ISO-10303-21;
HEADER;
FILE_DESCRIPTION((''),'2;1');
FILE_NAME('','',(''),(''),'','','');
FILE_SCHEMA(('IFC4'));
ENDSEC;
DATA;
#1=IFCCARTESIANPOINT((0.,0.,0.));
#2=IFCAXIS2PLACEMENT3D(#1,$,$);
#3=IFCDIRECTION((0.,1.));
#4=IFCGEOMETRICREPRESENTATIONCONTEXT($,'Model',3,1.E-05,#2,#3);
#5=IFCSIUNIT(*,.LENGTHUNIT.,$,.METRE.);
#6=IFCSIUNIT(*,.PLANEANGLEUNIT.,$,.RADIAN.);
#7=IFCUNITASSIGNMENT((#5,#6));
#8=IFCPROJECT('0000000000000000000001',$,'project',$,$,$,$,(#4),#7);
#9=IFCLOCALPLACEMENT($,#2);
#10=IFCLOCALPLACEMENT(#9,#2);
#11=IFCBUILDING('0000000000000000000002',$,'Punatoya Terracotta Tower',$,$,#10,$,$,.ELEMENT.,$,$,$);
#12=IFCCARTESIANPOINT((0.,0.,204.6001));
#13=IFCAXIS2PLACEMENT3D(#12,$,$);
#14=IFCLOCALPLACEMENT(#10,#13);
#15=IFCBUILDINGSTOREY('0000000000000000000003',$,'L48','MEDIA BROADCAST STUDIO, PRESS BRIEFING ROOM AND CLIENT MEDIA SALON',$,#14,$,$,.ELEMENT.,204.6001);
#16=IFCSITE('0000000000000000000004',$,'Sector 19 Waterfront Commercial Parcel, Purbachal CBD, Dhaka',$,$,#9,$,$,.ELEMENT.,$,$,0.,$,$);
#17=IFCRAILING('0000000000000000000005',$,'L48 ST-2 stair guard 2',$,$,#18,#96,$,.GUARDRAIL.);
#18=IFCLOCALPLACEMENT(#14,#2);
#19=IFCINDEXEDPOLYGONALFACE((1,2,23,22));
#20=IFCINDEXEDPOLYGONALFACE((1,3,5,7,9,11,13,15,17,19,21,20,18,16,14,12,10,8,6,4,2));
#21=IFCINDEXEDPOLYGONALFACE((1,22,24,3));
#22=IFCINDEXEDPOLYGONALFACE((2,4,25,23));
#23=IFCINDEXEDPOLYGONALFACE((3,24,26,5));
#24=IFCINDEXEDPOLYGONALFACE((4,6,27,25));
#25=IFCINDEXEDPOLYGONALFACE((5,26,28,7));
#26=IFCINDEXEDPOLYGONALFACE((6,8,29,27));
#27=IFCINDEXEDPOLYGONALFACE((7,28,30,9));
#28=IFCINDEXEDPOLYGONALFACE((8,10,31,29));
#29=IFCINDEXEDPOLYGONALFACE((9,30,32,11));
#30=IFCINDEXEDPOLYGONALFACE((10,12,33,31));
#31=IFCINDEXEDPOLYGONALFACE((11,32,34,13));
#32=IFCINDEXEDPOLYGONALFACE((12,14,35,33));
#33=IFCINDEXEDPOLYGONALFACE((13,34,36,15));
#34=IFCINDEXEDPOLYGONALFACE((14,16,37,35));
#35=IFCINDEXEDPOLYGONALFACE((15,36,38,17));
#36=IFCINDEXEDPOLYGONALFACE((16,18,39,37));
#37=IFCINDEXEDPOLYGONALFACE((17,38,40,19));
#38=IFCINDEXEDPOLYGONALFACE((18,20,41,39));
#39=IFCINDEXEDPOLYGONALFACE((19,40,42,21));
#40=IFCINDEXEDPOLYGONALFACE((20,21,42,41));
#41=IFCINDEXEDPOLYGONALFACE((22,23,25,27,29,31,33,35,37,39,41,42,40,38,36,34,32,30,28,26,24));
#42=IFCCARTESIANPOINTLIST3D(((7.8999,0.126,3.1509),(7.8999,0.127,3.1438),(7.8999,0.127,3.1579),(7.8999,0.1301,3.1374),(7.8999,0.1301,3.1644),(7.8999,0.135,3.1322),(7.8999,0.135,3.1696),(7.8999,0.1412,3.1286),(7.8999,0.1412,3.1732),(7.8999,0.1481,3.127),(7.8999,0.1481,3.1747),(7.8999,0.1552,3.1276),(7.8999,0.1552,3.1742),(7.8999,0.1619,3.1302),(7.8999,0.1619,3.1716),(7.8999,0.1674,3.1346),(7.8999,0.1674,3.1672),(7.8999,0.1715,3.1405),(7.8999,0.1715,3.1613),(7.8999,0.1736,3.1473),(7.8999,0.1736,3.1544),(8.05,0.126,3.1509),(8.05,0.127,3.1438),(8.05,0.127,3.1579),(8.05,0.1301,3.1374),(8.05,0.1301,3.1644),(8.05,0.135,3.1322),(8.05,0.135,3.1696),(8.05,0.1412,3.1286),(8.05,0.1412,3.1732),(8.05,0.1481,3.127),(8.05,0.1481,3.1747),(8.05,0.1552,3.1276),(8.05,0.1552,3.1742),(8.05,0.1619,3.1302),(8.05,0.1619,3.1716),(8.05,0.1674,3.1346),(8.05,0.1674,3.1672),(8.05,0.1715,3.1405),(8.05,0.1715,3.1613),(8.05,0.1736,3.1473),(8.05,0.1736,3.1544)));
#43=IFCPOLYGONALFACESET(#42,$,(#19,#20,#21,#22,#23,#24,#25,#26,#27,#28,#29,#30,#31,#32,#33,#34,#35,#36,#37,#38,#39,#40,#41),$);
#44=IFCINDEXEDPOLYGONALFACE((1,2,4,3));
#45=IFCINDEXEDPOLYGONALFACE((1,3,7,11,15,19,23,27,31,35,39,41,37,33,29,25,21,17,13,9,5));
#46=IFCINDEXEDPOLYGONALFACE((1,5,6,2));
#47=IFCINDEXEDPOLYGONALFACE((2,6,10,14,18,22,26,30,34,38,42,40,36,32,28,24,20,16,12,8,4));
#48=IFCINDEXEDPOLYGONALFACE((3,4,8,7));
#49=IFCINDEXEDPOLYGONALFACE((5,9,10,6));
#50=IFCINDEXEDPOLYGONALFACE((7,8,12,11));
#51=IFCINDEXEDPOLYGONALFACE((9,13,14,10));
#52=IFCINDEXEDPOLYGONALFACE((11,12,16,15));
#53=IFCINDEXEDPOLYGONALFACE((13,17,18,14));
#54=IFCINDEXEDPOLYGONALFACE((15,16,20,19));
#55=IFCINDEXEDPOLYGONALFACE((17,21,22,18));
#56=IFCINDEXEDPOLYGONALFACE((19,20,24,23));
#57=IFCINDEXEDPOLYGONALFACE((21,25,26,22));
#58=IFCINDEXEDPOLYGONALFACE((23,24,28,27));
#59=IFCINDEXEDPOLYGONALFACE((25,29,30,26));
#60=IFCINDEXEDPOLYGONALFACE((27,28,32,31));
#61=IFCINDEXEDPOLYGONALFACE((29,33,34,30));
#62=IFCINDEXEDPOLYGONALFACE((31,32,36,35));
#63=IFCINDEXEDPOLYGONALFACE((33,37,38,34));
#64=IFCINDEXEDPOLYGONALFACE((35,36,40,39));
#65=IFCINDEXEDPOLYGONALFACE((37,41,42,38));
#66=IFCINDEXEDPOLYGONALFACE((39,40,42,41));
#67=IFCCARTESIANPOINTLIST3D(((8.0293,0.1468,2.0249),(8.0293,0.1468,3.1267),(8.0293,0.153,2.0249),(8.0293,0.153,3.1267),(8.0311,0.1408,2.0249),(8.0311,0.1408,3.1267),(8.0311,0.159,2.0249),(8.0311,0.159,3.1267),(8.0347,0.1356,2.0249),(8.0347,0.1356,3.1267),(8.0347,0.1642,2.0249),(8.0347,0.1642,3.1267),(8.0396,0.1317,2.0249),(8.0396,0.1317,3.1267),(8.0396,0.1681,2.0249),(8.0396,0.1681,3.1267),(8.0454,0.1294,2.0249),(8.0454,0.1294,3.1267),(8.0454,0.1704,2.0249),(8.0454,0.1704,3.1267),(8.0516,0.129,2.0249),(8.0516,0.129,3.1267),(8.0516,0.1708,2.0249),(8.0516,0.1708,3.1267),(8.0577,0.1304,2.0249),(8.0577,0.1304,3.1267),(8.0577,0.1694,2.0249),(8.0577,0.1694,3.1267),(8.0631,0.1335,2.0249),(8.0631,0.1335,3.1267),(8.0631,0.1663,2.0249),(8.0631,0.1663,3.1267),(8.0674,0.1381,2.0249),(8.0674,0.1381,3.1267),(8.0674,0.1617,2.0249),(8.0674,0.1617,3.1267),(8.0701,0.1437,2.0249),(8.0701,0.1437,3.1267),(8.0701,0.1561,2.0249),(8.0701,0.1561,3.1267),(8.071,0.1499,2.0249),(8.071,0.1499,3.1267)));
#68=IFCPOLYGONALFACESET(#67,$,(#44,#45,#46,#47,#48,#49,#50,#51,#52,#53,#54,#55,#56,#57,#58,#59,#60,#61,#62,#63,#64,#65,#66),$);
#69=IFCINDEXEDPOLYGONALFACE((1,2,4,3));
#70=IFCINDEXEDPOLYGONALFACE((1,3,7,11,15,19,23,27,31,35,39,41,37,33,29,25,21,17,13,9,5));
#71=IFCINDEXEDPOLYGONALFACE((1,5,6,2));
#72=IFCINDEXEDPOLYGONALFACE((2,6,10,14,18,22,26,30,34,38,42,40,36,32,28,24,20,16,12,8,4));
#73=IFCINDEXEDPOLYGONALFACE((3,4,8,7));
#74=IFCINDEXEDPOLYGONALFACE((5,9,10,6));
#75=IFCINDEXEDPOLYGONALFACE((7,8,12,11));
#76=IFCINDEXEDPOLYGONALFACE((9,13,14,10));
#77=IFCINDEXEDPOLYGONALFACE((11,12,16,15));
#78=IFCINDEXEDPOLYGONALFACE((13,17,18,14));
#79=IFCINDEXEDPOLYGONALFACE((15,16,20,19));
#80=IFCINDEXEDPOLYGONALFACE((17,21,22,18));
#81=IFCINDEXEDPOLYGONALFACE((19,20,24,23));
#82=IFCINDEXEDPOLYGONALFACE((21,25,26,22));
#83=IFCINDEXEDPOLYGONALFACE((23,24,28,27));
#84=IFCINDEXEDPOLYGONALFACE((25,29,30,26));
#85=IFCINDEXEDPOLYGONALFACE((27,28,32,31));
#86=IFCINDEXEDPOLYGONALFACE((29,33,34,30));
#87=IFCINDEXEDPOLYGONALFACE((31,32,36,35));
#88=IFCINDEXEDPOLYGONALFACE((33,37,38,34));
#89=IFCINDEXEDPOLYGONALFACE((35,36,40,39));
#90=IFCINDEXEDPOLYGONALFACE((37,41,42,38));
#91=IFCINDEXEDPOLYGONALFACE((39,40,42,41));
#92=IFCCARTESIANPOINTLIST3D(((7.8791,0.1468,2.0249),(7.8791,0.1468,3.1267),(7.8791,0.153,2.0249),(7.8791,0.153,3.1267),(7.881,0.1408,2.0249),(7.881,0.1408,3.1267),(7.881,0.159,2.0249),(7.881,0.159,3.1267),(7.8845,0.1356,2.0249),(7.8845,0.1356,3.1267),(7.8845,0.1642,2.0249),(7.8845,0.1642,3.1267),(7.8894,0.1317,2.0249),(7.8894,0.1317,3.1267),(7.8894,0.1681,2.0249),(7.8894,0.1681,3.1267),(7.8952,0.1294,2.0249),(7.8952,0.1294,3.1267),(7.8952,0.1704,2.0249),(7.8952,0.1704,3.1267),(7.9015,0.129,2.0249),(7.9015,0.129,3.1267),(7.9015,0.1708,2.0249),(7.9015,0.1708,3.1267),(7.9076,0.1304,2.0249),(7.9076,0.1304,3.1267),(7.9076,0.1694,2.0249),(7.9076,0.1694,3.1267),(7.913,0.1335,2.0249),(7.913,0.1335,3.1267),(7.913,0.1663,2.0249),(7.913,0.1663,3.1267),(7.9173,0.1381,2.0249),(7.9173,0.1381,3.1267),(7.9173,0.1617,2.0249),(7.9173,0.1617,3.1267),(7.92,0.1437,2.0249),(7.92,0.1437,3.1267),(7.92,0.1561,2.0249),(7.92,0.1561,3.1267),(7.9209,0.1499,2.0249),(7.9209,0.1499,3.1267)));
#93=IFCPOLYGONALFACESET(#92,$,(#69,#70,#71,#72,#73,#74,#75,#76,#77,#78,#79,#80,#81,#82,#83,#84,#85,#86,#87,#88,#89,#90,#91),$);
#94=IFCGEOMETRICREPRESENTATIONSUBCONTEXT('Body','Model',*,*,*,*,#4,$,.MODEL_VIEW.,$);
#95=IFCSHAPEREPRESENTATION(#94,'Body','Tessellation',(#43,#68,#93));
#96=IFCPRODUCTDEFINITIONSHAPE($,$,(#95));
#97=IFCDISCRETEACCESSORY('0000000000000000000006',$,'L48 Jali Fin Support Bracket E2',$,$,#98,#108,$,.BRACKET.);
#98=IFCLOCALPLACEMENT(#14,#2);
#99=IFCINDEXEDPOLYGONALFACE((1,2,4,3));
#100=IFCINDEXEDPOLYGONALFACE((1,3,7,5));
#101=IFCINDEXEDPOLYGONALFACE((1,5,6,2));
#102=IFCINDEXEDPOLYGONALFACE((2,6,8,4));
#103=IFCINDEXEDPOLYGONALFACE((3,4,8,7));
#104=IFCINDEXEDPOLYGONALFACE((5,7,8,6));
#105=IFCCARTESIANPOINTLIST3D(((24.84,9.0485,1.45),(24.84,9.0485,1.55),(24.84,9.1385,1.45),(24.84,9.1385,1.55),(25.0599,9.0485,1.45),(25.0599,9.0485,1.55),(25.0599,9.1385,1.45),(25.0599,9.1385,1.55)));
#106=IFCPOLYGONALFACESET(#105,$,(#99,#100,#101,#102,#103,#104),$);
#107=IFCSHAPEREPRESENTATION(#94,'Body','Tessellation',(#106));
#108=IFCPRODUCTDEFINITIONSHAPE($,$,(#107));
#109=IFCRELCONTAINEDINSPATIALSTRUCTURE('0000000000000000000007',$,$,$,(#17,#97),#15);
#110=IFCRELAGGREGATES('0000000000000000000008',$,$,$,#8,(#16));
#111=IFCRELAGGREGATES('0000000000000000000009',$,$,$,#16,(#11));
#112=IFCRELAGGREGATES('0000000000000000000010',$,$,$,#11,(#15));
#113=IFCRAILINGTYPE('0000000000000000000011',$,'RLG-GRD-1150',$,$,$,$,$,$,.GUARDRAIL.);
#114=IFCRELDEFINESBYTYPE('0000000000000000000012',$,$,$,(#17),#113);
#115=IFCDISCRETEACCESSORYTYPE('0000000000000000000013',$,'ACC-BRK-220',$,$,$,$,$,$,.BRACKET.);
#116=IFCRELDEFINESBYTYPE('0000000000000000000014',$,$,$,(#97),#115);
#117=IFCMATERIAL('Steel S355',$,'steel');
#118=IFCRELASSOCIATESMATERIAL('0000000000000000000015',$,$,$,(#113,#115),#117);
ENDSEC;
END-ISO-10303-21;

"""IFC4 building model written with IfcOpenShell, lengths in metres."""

from ifc_helpers import new_model, si_unit, direction, frame, origin, origin_2d, place, context, subcontext, project, spatial, rectangle, circle, extrude, material, type_object, element, save


model = new_model("IFC4")

# Units and contexts
model_context = context("Model", 3, precision=1e-05, world=origin(), true_north=direction((0.0, 1.0)))
body_context = subcontext(model_context, "Body", "Model", "MODEL_VIEW")
ifc_project = project(units=[si_unit("LENGTHUNIT", "METRE"), si_unit("PLANEANGLEUNIT", "RADIAN")], contexts=[model_context])

# Site, building, storey
site_placement = place(None, origin())
site = spatial("IfcSite", under=ifc_project, at=site_placement, Name="Sector 19 Waterfront Commercial Parcel, Purbachal CBD, Dhaka", CompositionType="ELEMENT", RefElevation=0.0)
building_placement = place(site_placement, origin())
building = spatial("IfcBuilding", under=site, at=building_placement, Name="Punatoya Terracotta Tower", CompositionType="ELEMENT")
storey_placement = place(building_placement, frame((0.0, 0.0, 204.6001)))
storey = spatial("IfcBuildingStorey", under=building, at=storey_placement, Name="L48", Description="MEDIA BROADCAST STUDIO, PRESS BRIEFING ROOM AND CLIENT MEDIA SALON", CompositionType="ELEMENT", Elevation=204.6001)

# Railing
ifc_material_1 = material(Name="Steel S355", Category="steel")
railing_type = type_object("IfcRailingType", Name="RLG-GRD-1150", PredefinedType="GUARDRAIL", material=ifc_material_1)
railing_placement = place(storey_placement, frame((8.05, 0.1499, 2.0249)))
element("IfcRailing", 1, at=railing_placement, inside=storey, type_object=railing_type, Name="L48 ST-2 stair guard 2", PredefinedType="GUARDRAIL", context=body_context, shape_type="SweptSolid", body=[
    extrude(circle(Radius=0.0239, at=origin_2d()), frame((0.0, 0.0, 1.126), z_axis=(-1.0, 0.0, 0.0), x_axis=(0.0, -1.0, 0.0)), (0.0, 0.0, 1.0), 0.1501),
    extrude(circle(Radius=0.021, at=origin_2d()), origin(), (0.0, 0.0, 1.0), 1.1018),
    extrude(circle(Radius=0.021, at=origin_2d()), frame((-0.1501, 0.0, 0.0)), (0.0, 0.0, 1.0), 1.1018),
])

# Discrete accessory
discrete_accessory_type = type_object("IfcDiscreteAccessoryType", Name="ACC-BRK-220", PredefinedType="BRACKET", material=ifc_material_1)
discrete_accessory_placement = place(storey_placement, frame((24.95, 9.0935, 1.45), z_axis=(0.0, 0.0, 1.0), x_axis=(0.0, 1.0, 0.0)))
element("IfcDiscreteAccessory", 2, at=discrete_accessory_placement, inside=storey, type_object=discrete_accessory_type, Name="L48 Jali Fin Support Bracket E2", PredefinedType="BRACKET", context=body_context, shape_type="SweptSolid", body=[
    extrude(rectangle(XDim=0.0901, YDim=0.22, at=origin_2d()), origin(), (0.0, 0.0, 1.0), 0.1001),
])

save(model, "model.ifc")
